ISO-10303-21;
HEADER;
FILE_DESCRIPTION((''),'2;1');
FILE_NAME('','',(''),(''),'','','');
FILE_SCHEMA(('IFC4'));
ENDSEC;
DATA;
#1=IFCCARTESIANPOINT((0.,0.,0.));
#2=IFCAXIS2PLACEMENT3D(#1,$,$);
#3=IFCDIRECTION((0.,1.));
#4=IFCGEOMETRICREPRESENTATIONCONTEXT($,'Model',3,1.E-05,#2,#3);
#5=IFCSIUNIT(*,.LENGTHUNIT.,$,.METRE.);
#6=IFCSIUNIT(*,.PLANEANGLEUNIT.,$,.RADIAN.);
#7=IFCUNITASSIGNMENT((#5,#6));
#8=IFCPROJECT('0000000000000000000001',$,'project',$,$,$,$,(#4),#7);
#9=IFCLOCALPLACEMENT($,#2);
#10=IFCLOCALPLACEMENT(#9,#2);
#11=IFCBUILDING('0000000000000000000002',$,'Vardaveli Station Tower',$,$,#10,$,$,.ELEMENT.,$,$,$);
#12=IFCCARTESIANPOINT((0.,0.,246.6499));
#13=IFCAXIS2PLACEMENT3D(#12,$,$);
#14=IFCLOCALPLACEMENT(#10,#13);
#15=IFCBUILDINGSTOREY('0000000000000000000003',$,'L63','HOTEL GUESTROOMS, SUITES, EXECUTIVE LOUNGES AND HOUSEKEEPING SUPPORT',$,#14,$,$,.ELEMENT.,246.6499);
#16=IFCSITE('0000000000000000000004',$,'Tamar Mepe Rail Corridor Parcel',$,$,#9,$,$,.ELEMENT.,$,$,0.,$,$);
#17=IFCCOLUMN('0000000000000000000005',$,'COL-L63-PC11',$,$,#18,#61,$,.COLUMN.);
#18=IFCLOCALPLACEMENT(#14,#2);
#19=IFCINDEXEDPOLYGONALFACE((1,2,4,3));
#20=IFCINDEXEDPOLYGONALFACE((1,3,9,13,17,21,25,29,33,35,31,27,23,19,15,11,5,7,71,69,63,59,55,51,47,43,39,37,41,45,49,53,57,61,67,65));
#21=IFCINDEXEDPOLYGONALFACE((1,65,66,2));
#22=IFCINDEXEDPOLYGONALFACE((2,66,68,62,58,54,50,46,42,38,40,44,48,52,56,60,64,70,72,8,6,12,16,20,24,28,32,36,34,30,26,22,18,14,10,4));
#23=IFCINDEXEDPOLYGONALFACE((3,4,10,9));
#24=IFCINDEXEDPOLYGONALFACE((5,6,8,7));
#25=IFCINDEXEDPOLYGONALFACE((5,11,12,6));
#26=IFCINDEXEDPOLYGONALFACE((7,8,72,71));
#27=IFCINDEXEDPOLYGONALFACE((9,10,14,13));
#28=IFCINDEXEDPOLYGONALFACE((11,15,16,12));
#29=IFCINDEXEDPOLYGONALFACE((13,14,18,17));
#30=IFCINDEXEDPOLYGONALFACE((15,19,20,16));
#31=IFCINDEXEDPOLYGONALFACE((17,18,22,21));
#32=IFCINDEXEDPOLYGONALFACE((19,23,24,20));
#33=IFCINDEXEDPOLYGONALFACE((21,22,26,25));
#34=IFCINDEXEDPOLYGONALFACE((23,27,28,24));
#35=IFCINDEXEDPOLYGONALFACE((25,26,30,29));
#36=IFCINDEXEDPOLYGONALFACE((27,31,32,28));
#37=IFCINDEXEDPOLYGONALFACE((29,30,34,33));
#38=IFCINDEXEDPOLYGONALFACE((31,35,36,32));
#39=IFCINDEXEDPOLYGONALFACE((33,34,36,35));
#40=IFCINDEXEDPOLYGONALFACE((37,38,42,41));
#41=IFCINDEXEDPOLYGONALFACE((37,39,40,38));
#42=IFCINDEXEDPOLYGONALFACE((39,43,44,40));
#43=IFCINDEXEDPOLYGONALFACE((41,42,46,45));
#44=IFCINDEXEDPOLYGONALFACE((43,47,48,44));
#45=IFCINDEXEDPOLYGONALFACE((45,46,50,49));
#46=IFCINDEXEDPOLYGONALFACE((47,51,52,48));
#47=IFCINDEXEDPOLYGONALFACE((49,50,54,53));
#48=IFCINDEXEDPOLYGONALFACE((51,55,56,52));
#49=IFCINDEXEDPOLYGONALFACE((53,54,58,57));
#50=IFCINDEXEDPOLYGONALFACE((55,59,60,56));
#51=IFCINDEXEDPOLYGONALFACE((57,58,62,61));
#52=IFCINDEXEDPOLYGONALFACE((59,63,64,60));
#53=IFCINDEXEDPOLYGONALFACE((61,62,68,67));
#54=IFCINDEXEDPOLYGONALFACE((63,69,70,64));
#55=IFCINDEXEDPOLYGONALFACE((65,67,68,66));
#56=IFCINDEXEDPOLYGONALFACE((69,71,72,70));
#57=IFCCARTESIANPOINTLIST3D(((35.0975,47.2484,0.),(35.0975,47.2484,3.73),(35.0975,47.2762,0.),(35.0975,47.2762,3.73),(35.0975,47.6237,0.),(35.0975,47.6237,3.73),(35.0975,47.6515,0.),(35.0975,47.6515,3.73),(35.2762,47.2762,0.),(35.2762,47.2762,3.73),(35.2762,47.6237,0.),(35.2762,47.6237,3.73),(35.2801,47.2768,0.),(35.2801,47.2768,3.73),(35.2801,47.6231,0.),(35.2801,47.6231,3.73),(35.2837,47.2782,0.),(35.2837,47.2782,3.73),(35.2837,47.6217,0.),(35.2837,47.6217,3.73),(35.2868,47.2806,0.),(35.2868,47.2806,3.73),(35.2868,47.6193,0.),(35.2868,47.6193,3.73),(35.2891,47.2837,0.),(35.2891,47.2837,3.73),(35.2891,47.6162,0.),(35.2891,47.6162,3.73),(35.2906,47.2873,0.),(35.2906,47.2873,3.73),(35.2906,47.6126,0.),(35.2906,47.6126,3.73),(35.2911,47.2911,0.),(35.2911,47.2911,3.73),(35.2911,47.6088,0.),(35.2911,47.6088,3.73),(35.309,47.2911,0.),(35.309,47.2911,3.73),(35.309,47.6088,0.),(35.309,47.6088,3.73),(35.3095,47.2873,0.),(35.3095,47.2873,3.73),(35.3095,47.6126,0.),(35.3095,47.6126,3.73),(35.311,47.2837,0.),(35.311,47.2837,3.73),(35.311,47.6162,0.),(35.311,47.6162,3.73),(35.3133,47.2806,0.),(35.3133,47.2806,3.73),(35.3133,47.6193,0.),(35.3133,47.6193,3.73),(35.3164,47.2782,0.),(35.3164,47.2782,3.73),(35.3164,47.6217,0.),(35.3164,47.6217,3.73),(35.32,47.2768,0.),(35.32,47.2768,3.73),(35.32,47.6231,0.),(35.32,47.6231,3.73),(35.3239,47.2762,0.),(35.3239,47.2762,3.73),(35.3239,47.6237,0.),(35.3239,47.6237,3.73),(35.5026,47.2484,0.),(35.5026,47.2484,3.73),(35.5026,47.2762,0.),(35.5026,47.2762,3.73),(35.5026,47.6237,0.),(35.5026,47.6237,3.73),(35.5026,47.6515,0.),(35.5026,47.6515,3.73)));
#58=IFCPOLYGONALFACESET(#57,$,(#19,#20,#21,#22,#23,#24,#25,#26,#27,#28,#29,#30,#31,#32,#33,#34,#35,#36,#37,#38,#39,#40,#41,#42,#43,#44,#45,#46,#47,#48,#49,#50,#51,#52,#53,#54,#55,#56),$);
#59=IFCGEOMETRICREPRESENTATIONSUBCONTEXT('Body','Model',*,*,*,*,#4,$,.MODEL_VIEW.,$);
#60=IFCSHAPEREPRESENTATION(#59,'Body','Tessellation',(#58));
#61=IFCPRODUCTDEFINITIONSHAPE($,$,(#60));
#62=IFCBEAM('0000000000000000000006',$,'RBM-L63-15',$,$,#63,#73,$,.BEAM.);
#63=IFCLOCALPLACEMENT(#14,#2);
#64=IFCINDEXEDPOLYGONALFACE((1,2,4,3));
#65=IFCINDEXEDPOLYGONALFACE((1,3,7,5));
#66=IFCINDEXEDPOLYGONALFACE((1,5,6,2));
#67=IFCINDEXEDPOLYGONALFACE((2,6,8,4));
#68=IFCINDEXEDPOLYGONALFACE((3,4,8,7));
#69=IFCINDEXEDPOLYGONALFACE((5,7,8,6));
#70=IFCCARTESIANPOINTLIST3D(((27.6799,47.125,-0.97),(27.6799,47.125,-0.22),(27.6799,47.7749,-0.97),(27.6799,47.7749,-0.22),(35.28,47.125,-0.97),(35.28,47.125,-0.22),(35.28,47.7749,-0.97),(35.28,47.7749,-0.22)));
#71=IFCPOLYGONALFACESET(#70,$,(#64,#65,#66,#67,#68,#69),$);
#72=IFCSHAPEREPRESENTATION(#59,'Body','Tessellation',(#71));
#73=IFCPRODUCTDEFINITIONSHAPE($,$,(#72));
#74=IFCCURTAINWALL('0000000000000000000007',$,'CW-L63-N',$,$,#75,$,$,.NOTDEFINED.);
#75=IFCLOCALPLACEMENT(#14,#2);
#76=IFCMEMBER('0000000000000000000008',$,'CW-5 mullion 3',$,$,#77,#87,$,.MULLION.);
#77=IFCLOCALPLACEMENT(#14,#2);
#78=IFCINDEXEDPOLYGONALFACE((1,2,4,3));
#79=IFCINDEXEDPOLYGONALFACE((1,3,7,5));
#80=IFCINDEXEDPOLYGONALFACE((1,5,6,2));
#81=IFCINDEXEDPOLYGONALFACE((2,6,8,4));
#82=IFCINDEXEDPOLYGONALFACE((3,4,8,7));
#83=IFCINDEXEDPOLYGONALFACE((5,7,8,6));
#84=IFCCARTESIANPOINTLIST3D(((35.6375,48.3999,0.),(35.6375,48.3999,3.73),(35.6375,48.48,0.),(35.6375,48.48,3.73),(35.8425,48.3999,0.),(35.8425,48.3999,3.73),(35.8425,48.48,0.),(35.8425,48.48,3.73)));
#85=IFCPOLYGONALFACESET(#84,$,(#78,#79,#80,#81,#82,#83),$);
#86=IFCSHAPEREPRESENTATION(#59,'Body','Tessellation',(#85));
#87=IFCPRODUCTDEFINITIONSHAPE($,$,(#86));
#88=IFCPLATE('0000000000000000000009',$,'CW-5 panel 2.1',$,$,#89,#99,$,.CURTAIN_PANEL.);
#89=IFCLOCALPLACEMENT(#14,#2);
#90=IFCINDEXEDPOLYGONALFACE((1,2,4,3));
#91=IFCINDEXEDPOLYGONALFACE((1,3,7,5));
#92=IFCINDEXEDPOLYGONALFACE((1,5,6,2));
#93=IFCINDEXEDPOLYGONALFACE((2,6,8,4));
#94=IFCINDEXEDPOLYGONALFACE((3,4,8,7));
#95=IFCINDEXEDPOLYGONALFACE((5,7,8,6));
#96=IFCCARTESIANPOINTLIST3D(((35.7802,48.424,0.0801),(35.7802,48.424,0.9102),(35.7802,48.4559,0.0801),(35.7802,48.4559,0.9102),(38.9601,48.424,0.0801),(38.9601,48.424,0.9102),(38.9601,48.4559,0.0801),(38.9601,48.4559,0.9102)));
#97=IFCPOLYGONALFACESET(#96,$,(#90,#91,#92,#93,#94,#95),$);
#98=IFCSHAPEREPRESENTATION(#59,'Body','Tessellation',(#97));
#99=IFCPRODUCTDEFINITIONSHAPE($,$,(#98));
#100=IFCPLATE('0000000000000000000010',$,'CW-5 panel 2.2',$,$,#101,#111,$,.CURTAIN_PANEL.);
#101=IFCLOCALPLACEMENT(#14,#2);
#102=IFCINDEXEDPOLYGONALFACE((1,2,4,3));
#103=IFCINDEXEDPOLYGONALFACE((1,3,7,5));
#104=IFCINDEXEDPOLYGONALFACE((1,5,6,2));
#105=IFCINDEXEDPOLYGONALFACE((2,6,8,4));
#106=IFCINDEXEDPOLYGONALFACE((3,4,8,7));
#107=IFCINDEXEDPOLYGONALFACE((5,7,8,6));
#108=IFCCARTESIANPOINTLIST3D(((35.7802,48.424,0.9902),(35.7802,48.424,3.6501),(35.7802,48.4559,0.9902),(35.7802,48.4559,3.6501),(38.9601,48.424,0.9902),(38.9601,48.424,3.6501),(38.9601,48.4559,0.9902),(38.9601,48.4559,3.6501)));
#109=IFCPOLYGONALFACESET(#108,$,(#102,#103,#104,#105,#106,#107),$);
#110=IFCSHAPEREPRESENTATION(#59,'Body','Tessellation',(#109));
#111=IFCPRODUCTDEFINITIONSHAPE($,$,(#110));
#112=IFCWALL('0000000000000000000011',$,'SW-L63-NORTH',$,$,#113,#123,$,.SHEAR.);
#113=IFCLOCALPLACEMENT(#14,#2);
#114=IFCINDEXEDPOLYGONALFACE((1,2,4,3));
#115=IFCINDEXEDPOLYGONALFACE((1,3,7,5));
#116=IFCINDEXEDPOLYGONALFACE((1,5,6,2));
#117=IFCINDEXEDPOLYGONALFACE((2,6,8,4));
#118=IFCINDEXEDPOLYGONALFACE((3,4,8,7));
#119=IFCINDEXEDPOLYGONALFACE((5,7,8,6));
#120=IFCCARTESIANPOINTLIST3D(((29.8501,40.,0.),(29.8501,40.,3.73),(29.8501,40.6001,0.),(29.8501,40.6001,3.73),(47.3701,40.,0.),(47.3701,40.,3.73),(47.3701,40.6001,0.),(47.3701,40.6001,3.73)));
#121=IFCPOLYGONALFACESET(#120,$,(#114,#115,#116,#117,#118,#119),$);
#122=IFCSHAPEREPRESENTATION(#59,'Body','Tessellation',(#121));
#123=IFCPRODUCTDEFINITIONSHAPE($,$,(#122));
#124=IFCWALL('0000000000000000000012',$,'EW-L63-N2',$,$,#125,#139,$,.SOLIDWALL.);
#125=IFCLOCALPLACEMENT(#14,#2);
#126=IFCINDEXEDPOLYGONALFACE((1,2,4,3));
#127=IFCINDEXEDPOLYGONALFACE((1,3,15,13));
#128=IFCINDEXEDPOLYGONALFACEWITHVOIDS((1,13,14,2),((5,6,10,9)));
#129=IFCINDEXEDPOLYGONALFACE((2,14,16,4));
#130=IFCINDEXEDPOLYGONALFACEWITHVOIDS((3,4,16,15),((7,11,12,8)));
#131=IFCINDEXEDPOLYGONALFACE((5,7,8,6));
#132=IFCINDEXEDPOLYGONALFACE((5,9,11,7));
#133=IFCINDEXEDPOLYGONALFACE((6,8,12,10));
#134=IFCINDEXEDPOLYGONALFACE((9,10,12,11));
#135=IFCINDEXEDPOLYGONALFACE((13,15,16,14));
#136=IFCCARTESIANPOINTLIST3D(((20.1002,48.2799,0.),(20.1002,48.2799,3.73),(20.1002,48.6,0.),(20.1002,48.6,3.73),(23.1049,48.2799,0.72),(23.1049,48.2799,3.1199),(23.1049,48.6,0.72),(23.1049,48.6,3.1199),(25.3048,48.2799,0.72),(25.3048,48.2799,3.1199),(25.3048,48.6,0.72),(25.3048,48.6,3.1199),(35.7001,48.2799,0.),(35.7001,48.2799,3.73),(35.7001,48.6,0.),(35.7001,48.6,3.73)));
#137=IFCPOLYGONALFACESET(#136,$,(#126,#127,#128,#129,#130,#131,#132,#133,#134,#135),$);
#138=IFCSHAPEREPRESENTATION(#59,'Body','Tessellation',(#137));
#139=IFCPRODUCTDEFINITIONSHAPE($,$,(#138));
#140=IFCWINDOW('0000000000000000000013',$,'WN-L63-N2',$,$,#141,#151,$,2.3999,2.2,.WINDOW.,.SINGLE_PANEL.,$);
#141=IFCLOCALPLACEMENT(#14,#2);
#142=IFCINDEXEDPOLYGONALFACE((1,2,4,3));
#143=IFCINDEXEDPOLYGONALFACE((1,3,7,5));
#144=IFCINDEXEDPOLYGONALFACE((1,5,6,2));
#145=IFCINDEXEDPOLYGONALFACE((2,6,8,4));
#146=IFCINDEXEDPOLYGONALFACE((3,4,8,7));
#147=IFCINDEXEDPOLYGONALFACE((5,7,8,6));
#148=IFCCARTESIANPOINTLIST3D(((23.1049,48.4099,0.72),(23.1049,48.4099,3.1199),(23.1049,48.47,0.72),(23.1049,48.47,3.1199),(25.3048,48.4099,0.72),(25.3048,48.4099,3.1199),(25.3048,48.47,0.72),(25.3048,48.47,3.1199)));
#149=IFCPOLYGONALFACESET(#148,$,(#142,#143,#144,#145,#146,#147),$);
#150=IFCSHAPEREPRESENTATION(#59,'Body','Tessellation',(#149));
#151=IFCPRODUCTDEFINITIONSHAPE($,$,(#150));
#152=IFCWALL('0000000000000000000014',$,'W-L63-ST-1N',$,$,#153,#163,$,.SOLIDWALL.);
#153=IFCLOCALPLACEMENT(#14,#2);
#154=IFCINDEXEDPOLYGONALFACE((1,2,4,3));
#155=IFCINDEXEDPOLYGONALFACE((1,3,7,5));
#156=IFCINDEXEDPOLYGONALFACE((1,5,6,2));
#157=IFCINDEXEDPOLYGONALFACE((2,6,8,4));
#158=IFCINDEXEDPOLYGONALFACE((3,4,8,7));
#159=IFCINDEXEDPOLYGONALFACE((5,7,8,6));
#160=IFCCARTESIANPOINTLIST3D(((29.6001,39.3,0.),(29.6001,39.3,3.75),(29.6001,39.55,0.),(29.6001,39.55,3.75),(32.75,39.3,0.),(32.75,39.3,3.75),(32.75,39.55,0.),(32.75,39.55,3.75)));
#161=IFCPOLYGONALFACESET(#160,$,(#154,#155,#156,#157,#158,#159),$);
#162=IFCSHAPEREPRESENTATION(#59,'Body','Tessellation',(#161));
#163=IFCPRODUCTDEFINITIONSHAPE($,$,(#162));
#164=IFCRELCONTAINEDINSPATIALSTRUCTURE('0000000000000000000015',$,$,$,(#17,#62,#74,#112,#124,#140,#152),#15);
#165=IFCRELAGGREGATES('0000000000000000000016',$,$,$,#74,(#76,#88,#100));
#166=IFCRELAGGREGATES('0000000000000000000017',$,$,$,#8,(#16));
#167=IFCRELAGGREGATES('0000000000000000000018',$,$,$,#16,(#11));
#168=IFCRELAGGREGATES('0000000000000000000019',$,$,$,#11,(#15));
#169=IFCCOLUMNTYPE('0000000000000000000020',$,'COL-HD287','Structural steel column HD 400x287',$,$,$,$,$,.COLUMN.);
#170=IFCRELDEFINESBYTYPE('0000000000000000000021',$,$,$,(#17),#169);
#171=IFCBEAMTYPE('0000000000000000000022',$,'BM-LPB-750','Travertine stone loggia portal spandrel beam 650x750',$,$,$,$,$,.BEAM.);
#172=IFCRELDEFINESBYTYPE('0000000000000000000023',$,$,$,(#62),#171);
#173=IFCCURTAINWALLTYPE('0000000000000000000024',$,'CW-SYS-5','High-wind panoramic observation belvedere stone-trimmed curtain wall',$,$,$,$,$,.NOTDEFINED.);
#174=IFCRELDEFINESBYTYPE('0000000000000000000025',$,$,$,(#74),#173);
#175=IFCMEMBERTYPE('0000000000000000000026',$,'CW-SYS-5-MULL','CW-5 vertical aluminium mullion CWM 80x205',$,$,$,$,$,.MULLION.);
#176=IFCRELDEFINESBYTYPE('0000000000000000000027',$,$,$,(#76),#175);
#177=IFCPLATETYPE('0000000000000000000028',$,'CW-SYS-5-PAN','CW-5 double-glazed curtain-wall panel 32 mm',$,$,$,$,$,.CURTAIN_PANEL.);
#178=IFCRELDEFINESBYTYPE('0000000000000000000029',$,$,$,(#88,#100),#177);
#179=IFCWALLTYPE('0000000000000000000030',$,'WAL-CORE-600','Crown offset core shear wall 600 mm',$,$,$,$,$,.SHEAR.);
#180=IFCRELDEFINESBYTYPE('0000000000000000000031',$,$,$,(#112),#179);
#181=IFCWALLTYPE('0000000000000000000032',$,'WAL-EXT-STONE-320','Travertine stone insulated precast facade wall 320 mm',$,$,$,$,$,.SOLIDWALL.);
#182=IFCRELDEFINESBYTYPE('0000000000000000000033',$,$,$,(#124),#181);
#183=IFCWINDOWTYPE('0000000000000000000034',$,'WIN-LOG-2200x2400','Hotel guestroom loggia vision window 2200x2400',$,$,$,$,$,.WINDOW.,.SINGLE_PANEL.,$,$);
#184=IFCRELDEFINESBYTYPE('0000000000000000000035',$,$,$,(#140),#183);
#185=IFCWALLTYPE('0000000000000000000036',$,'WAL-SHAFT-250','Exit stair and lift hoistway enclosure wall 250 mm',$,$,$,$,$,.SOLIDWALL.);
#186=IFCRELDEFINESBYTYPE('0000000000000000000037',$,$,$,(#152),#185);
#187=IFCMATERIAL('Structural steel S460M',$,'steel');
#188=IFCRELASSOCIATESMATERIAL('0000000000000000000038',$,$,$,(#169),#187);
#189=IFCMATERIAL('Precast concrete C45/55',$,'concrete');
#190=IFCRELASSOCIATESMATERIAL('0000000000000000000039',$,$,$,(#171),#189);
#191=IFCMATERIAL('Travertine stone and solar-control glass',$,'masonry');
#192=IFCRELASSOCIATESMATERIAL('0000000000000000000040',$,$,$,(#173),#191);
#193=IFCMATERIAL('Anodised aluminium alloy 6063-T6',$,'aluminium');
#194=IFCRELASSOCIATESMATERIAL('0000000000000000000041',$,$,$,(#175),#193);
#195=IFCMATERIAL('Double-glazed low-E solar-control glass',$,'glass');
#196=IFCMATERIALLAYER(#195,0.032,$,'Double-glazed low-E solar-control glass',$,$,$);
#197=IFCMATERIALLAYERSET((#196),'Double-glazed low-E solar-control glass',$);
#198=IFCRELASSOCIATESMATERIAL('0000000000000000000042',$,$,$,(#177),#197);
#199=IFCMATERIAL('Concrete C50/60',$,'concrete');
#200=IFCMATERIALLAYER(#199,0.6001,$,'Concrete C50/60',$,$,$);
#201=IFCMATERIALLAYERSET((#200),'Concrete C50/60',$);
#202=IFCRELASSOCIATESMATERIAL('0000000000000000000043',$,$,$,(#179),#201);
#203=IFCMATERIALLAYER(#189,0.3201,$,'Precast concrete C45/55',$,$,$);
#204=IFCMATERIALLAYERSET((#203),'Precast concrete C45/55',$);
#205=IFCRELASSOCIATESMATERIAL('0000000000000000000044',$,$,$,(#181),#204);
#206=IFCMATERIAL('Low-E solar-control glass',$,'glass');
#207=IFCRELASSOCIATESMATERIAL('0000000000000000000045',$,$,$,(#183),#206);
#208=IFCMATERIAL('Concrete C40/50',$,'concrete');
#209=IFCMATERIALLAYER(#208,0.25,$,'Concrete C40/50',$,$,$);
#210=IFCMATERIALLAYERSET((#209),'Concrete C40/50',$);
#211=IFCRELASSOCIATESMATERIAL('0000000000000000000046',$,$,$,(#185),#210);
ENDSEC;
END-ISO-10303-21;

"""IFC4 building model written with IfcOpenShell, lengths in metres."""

from ifc_helpers import new_model, si_unit, direction, frame, frame_2d, origin, origin_2d, place, context, subcontext, project, spatial, rectangle, i_section, extrude, source, transform, mapped, material, layer, layer_set, material_profile, profile_set, type_object, element, fill, aggregate, save


model = new_model("IFC4")

# Units and contexts
model_context = context("Model", 3, precision=1e-05, world=origin(), true_north=direction((0.0, 1.0)))
body_context = subcontext(model_context, "Body", "Model", "MODEL_VIEW")
ifc_project = project(units=[si_unit("LENGTHUNIT", "METRE"), si_unit("PLANEANGLEUNIT", "RADIAN")], contexts=[model_context])

# Site, building, storey
site_placement = place(None, origin())
site = spatial("IfcSite", under=ifc_project, at=site_placement, Name="Tamar Mepe Rail Corridor Parcel", CompositionType="ELEMENT", RefElevation=0.0)
building_placement = place(site_placement, origin())
building = spatial("IfcBuilding", under=site, at=building_placement, Name="Vardaveli Station Tower", CompositionType="ELEMENT")
storey_placement = place(building_placement, frame((0.0, 0.0, 246.6499)))
storey = spatial("IfcBuildingStorey", under=building, at=storey_placement, Name="L63", Description="HOTEL GUESTROOMS, SUITES, EXECUTIVE LOUNGES AND HOUSEKEEPING SUPPORT", CompositionType="ELEMENT", Elevation=246.6499)

# Column
ifc_material_1 = material(Name="Structural steel S460M", Category="steel")
ifc_material_profile_1 = material_profile(ifc_material_1, i_section(OverallWidth=0.405, OverallDepth=0.4031, WebThickness=0.0178, FlangeThickness=0.0278, FilletRadius=0.0149, at=origin_2d()), Name="HD 400x287")
ifc_profile_set_1 = profile_set([ifc_material_profile_1], Name="Structural steel S460M")
column_type = type_object("IfcColumnType", Name="COL-HD287", Description="Structural steel column HD 400x287", PredefinedType="COLUMN", material=ifc_profile_set_1)
shared_shape_1 = source(origin(), body_context, "Body", "SweptSolid", [
    extrude(i_section(OverallWidth=0.405, OverallDepth=0.4031, WebThickness=0.0178, FlangeThickness=0.0278, FilletRadius=0.0149, at=origin_2d()), origin(), (0.0, 0.0, 1.0), 3.73),
])
column_placement = place(storey_placement, frame((35.3, 47.45, 0.0), z_axis=(0.0, 0.0, 1.0), x_axis=(1.0, 0.0, 0.0)))
element("IfcColumn", 1, at=column_placement, inside=storey, type_object=column_type, Name="COL-L63-PC11", PredefinedType="COLUMN", context=body_context, shape_type="MappedRepresentation", body=[
    mapped(shared_shape_1, transform((0.0, 0.0, 0.0), scale=1.0)),
])

# Beam
ifc_material_2 = material(Name="Precast concrete C45/55", Category="concrete")
ifc_material_profile_2 = material_profile(ifc_material_2, rectangle(XDim=0.6499, YDim=0.75, at=origin_2d()), Name="LPB 650x750")
ifc_profile_set_2 = profile_set([ifc_material_profile_2], Name="Precast concrete C45/55")
beam_type = type_object("IfcBeamType", Name="BM-LPB-750", Description="Travertine stone loggia portal spandrel beam 650x750", PredefinedType="BEAM", material=ifc_profile_set_2)
shared_shape_2 = source(origin(), body_context, "Body", "SweptSolid", [
    extrude(rectangle(XDim=0.6499, YDim=0.75, at=origin_2d()), origin(), (0.0, 0.0, 1.0), 7.6001),
])
beam_placement = place(storey_placement, frame((35.28, 47.45, -0.595), z_axis=(-1.0, 0.0, 0.0), x_axis=(0.0, -1.0, 0.0)))
element("IfcBeam", 2, at=beam_placement, inside=storey, type_object=beam_type, Name="RBM-L63-15", PredefinedType="BEAM", context=body_context, shape_type="MappedRepresentation", body=[
    mapped(shared_shape_2, transform((0.0, 0.0, 0.0), scale=1.0)),
])

# Curtain wall, member, plates
ifc_material_3 = material(Name="Travertine stone and solar-control glass", Category="masonry")
curtain_wall_type = type_object("IfcCurtainWallType", Name="CW-SYS-5", Description="High-wind panoramic observation belvedere stone-trimmed curtain wall", PredefinedType="NOTDEFINED", material=ifc_material_3)
curtain_wall_placement = place(storey_placement, origin())
curtain_wall = element("IfcCurtainWall", 3, at=curtain_wall_placement, inside=storey, type_object=curtain_wall_type, Name="CW-L63-N", PredefinedType="NOTDEFINED")
ifc_material_4 = material(Name="Anodised aluminium alloy 6063-T6", Category="aluminium")
ifc_material_profile_3 = material_profile(ifc_material_4, rectangle(XDim=0.0801, YDim=0.2051, at=origin_2d()), Name="CWM 80x205")
ifc_profile_set_3 = profile_set([ifc_material_profile_3], Name="Anodised aluminium alloy 6063-T6")
member_type = type_object("IfcMemberType", Name="CW-SYS-5-MULL", Description="CW-5 vertical aluminium mullion CWM 80x205", PredefinedType="MULLION", material=ifc_profile_set_3)
shared_shape_3 = source(origin(), body_context, "Body", "SweptSolid", [
    extrude(rectangle(XDim=0.0801, YDim=0.2051, at=origin_2d()), origin(), (0.0, 0.0, 1.0), 3.73),
])
member_placement = place(storey_placement, frame((35.74, 48.4399, 0.0), z_axis=(0.0, 0.0, 1.0), x_axis=(0.0, -1.0, 0.0)))
member = element("IfcMember", 4, at=member_placement, type_object=member_type, Name="CW-5 mullion 3", PredefinedType="MULLION", context=body_context, shape_type="MappedRepresentation", body=[
    mapped(shared_shape_3, transform((0.0, 0.0, 0.0), scale=1.0)),
])
ifc_material_5 = material(Name="Double-glazed low-E solar-control glass", Category="glass")
ifc_layer_1 = layer(ifc_material_5, 0.032, Name="Double-glazed low-E solar-control glass")
ifc_layer_set_1 = layer_set([ifc_layer_1], Name="Double-glazed low-E solar-control glass")
plate_type = type_object("IfcPlateType", Name="CW-SYS-5-PAN", Description="CW-5 double-glazed curtain-wall panel 32 mm", PredefinedType="CURTAIN_PANEL", material=ifc_layer_set_1)
shared_shape_4 = source(origin(), body_context, "Body", "SweptSolid", [
    extrude(rectangle(XDim=3.1799, YDim=0.032, at=origin_2d()), origin(), (0.0, 0.0, 1.0), 0.8301),
])
plate_1_placement = place(storey_placement, frame((37.3701, 48.4399, 0.0801), z_axis=(0.0, 0.0, 1.0), x_axis=(-1.0, 0.0, 0.0)))
plate_1 = element("IfcPlate", 5, at=plate_1_placement, type_object=plate_type, Name="CW-5 panel 2.1", PredefinedType="CURTAIN_PANEL", context=body_context, shape_type="MappedRepresentation", body=[
    mapped(shared_shape_4, transform((0.0, 0.0, 0.0), scale=1.0)),
])
shared_shape_5 = source(origin(), body_context, "Body", "SweptSolid", [
    extrude(rectangle(XDim=3.1799, YDim=0.032, at=origin_2d()), origin(), (0.0, 0.0, 1.0), 2.6599),
])
plate_2_placement = place(storey_placement, frame((37.3701, 48.4399, 0.9902), z_axis=(0.0, 0.0, 1.0), x_axis=(-1.0, 0.0, 0.0)))
plate_2 = element("IfcPlate", 6, at=plate_2_placement, type_object=plate_type, Name="CW-5 panel 2.2", PredefinedType="CURTAIN_PANEL", context=body_context, shape_type="MappedRepresentation", body=[
    mapped(shared_shape_5, transform((0.0, 0.0, 0.0), scale=1.0)),
])
aggregate(curtain_wall, [member, plate_1, plate_2])

# Wall
ifc_material_6 = material(Name="Concrete C50/60", Category="concrete")
ifc_layer_2 = layer(ifc_material_6, 0.6001, Name="Concrete C50/60")
ifc_layer_set_2 = layer_set([ifc_layer_2], Name="Concrete C50/60")
wall_type_1 = type_object("IfcWallType", Name="WAL-CORE-600", Description="Crown offset core shear wall 600 mm", PredefinedType="SHEAR", material=ifc_layer_set_2)
shared_shape_6 = source(origin(), body_context, "Body", "SweptSolid", [
    extrude(rectangle(XDim=17.52, YDim=0.6001, at=frame_2d((8.76, 0.0))), origin(), (0.0, 0.0, 1.0), 3.73),
])
wall_1_placement = place(storey_placement, frame((29.8501, 40.3, 0.0), z_axis=(0.0, 0.0, 1.0), x_axis=(1.0, 0.0, 0.0)))
element("IfcWall", 7, at=wall_1_placement, inside=storey, type_object=wall_type_1, Name="SW-L63-NORTH", PredefinedType="SHEAR", context=body_context, shape_type="MappedRepresentation", body=[
    mapped(shared_shape_6, transform((0.0, 0.0, 0.0), scale=1.0)),
])

# Wall, opening, window
ifc_layer_3 = layer(ifc_material_2, 0.3201, Name="Precast concrete C45/55")
ifc_layer_set_3 = layer_set([ifc_layer_3], Name="Precast concrete C45/55")
wall_type_2 = type_object("IfcWallType", Name="WAL-EXT-STONE-320", Description="Travertine stone insulated precast facade wall 320 mm", PredefinedType="SOLIDWALL", material=ifc_layer_set_3)
shared_shape_7 = source(origin(), body_context, "Body", "SweptSolid", [
    extrude(rectangle(XDim=15.5999, YDim=0.3201, at=frame_2d((7.7998, 0.0))), origin(), (0.0, 0.0, 1.0), 3.73),
])
wall_2_placement = place(storey_placement, frame((35.7, 48.4399, 0.0), z_axis=(0.0, 0.0, 1.0), x_axis=(-1.0, 0.0, 0.0)))
wall_2 = element("IfcWall", 8, at=wall_2_placement, inside=storey, type_object=wall_type_2, Name="EW-L63-N2", PredefinedType="SOLIDWALL", context=body_context, shape_type="MappedRepresentation", body=[
    mapped(shared_shape_7, transform((0.0, 0.0, 0.0), scale=1.0)),
])
shared_shape_8 = source(origin(), body_context, "Body", "SweptSolid", [
    extrude(rectangle(XDim=2.2, YDim=2.3999, at=frame_2d((1.1001, 1.2))), frame((0.0, 0.1699, 0.0), z_axis=(0.0, -1.0, 0.0), x_axis=(1.0, 0.0, 0.0)), (0.0, 0.0, 1.0), 0.3401),
])
opening_1_placement = place(wall_2_placement, frame((10.395, 0.0, 0.72)))
opening_1 = element("IfcOpeningElement", 9, at=opening_1_placement, cuts=wall_2, PredefinedType="OPENING", context=body_context, shape_type="MappedRepresentation", body=[
    mapped(shared_shape_8, transform((0.0, 0.0, 0.0), scale=1.0)),
])
ifc_material_7 = material(Name="Low-E solar-control glass", Category="glass")
window_type = type_object("IfcWindowType", Name="WIN-LOG-2200x2400", Description="Hotel guestroom loggia vision window 2200x2400", PartitioningType="SINGLE_PANEL", PredefinedType="WINDOW", material=ifc_material_7)
shared_shape_9 = source(origin(), body_context, "Body", "SweptSolid", [
    extrude(rectangle(XDim=2.2, YDim=2.3999, at=frame_2d((1.1001, 1.2))), frame((0.0, 0.03, 0.0), z_axis=(0.0, -1.0, 0.0), x_axis=(1.0, 0.0, 0.0)), (0.0, 0.0, 1.0), 0.0601),
])
window_placement = place(opening_1_placement, origin())
window = element("IfcWindow", 10, at=window_placement, inside=storey, type_object=window_type, Name="WN-L63-N2", OverallHeight=2.3999, OverallWidth=2.2, PartitioningType="SINGLE_PANEL", PredefinedType="WINDOW", context=body_context, shape_type="MappedRepresentation", body=[
    mapped(shared_shape_9, transform((0.0, 0.0, 0.0), scale=1.0)),
])
fill(opening_1, window)

# Wall
ifc_material_8 = material(Name="Concrete C40/50", Category="concrete")
ifc_layer_4 = layer(ifc_material_8, 0.25, Name="Concrete C40/50")
ifc_layer_set_4 = layer_set([ifc_layer_4], Name="Concrete C40/50")
wall_type_3 = type_object("IfcWallType", Name="WAL-SHAFT-250", Description="Exit stair and lift hoistway enclosure wall 250 mm", PredefinedType="SOLIDWALL", material=ifc_layer_set_4)
shared_shape_10 = source(origin(), body_context, "Body", "SweptSolid", [
    extrude(rectangle(XDim=3.1499, YDim=0.25, at=frame_2d((1.575, 0.0))), origin(), (0.0, 0.0, 1.0), 3.75),
])
for number, where, z_axis, x_axis, name in (
    (11, (29.6001, 39.425, 0.0), (0.0, 0.0, 1.0), (1.0, 0.0, 0.0), "W-L63-ST-1N"),
):
    element("IfcWall", number, at=place(storey_placement, frame(where, z_axis=z_axis, x_axis=x_axis)), inside=storey, type_object=wall_type_3, Name=name, PredefinedType="SOLIDWALL", context=body_context, shape_type="MappedRepresentation", body=[
        mapped(shared_shape_10, transform((0.0, 0.0, 0.0), scale=1.0)),
    ])

save(model, "model.ifc")
